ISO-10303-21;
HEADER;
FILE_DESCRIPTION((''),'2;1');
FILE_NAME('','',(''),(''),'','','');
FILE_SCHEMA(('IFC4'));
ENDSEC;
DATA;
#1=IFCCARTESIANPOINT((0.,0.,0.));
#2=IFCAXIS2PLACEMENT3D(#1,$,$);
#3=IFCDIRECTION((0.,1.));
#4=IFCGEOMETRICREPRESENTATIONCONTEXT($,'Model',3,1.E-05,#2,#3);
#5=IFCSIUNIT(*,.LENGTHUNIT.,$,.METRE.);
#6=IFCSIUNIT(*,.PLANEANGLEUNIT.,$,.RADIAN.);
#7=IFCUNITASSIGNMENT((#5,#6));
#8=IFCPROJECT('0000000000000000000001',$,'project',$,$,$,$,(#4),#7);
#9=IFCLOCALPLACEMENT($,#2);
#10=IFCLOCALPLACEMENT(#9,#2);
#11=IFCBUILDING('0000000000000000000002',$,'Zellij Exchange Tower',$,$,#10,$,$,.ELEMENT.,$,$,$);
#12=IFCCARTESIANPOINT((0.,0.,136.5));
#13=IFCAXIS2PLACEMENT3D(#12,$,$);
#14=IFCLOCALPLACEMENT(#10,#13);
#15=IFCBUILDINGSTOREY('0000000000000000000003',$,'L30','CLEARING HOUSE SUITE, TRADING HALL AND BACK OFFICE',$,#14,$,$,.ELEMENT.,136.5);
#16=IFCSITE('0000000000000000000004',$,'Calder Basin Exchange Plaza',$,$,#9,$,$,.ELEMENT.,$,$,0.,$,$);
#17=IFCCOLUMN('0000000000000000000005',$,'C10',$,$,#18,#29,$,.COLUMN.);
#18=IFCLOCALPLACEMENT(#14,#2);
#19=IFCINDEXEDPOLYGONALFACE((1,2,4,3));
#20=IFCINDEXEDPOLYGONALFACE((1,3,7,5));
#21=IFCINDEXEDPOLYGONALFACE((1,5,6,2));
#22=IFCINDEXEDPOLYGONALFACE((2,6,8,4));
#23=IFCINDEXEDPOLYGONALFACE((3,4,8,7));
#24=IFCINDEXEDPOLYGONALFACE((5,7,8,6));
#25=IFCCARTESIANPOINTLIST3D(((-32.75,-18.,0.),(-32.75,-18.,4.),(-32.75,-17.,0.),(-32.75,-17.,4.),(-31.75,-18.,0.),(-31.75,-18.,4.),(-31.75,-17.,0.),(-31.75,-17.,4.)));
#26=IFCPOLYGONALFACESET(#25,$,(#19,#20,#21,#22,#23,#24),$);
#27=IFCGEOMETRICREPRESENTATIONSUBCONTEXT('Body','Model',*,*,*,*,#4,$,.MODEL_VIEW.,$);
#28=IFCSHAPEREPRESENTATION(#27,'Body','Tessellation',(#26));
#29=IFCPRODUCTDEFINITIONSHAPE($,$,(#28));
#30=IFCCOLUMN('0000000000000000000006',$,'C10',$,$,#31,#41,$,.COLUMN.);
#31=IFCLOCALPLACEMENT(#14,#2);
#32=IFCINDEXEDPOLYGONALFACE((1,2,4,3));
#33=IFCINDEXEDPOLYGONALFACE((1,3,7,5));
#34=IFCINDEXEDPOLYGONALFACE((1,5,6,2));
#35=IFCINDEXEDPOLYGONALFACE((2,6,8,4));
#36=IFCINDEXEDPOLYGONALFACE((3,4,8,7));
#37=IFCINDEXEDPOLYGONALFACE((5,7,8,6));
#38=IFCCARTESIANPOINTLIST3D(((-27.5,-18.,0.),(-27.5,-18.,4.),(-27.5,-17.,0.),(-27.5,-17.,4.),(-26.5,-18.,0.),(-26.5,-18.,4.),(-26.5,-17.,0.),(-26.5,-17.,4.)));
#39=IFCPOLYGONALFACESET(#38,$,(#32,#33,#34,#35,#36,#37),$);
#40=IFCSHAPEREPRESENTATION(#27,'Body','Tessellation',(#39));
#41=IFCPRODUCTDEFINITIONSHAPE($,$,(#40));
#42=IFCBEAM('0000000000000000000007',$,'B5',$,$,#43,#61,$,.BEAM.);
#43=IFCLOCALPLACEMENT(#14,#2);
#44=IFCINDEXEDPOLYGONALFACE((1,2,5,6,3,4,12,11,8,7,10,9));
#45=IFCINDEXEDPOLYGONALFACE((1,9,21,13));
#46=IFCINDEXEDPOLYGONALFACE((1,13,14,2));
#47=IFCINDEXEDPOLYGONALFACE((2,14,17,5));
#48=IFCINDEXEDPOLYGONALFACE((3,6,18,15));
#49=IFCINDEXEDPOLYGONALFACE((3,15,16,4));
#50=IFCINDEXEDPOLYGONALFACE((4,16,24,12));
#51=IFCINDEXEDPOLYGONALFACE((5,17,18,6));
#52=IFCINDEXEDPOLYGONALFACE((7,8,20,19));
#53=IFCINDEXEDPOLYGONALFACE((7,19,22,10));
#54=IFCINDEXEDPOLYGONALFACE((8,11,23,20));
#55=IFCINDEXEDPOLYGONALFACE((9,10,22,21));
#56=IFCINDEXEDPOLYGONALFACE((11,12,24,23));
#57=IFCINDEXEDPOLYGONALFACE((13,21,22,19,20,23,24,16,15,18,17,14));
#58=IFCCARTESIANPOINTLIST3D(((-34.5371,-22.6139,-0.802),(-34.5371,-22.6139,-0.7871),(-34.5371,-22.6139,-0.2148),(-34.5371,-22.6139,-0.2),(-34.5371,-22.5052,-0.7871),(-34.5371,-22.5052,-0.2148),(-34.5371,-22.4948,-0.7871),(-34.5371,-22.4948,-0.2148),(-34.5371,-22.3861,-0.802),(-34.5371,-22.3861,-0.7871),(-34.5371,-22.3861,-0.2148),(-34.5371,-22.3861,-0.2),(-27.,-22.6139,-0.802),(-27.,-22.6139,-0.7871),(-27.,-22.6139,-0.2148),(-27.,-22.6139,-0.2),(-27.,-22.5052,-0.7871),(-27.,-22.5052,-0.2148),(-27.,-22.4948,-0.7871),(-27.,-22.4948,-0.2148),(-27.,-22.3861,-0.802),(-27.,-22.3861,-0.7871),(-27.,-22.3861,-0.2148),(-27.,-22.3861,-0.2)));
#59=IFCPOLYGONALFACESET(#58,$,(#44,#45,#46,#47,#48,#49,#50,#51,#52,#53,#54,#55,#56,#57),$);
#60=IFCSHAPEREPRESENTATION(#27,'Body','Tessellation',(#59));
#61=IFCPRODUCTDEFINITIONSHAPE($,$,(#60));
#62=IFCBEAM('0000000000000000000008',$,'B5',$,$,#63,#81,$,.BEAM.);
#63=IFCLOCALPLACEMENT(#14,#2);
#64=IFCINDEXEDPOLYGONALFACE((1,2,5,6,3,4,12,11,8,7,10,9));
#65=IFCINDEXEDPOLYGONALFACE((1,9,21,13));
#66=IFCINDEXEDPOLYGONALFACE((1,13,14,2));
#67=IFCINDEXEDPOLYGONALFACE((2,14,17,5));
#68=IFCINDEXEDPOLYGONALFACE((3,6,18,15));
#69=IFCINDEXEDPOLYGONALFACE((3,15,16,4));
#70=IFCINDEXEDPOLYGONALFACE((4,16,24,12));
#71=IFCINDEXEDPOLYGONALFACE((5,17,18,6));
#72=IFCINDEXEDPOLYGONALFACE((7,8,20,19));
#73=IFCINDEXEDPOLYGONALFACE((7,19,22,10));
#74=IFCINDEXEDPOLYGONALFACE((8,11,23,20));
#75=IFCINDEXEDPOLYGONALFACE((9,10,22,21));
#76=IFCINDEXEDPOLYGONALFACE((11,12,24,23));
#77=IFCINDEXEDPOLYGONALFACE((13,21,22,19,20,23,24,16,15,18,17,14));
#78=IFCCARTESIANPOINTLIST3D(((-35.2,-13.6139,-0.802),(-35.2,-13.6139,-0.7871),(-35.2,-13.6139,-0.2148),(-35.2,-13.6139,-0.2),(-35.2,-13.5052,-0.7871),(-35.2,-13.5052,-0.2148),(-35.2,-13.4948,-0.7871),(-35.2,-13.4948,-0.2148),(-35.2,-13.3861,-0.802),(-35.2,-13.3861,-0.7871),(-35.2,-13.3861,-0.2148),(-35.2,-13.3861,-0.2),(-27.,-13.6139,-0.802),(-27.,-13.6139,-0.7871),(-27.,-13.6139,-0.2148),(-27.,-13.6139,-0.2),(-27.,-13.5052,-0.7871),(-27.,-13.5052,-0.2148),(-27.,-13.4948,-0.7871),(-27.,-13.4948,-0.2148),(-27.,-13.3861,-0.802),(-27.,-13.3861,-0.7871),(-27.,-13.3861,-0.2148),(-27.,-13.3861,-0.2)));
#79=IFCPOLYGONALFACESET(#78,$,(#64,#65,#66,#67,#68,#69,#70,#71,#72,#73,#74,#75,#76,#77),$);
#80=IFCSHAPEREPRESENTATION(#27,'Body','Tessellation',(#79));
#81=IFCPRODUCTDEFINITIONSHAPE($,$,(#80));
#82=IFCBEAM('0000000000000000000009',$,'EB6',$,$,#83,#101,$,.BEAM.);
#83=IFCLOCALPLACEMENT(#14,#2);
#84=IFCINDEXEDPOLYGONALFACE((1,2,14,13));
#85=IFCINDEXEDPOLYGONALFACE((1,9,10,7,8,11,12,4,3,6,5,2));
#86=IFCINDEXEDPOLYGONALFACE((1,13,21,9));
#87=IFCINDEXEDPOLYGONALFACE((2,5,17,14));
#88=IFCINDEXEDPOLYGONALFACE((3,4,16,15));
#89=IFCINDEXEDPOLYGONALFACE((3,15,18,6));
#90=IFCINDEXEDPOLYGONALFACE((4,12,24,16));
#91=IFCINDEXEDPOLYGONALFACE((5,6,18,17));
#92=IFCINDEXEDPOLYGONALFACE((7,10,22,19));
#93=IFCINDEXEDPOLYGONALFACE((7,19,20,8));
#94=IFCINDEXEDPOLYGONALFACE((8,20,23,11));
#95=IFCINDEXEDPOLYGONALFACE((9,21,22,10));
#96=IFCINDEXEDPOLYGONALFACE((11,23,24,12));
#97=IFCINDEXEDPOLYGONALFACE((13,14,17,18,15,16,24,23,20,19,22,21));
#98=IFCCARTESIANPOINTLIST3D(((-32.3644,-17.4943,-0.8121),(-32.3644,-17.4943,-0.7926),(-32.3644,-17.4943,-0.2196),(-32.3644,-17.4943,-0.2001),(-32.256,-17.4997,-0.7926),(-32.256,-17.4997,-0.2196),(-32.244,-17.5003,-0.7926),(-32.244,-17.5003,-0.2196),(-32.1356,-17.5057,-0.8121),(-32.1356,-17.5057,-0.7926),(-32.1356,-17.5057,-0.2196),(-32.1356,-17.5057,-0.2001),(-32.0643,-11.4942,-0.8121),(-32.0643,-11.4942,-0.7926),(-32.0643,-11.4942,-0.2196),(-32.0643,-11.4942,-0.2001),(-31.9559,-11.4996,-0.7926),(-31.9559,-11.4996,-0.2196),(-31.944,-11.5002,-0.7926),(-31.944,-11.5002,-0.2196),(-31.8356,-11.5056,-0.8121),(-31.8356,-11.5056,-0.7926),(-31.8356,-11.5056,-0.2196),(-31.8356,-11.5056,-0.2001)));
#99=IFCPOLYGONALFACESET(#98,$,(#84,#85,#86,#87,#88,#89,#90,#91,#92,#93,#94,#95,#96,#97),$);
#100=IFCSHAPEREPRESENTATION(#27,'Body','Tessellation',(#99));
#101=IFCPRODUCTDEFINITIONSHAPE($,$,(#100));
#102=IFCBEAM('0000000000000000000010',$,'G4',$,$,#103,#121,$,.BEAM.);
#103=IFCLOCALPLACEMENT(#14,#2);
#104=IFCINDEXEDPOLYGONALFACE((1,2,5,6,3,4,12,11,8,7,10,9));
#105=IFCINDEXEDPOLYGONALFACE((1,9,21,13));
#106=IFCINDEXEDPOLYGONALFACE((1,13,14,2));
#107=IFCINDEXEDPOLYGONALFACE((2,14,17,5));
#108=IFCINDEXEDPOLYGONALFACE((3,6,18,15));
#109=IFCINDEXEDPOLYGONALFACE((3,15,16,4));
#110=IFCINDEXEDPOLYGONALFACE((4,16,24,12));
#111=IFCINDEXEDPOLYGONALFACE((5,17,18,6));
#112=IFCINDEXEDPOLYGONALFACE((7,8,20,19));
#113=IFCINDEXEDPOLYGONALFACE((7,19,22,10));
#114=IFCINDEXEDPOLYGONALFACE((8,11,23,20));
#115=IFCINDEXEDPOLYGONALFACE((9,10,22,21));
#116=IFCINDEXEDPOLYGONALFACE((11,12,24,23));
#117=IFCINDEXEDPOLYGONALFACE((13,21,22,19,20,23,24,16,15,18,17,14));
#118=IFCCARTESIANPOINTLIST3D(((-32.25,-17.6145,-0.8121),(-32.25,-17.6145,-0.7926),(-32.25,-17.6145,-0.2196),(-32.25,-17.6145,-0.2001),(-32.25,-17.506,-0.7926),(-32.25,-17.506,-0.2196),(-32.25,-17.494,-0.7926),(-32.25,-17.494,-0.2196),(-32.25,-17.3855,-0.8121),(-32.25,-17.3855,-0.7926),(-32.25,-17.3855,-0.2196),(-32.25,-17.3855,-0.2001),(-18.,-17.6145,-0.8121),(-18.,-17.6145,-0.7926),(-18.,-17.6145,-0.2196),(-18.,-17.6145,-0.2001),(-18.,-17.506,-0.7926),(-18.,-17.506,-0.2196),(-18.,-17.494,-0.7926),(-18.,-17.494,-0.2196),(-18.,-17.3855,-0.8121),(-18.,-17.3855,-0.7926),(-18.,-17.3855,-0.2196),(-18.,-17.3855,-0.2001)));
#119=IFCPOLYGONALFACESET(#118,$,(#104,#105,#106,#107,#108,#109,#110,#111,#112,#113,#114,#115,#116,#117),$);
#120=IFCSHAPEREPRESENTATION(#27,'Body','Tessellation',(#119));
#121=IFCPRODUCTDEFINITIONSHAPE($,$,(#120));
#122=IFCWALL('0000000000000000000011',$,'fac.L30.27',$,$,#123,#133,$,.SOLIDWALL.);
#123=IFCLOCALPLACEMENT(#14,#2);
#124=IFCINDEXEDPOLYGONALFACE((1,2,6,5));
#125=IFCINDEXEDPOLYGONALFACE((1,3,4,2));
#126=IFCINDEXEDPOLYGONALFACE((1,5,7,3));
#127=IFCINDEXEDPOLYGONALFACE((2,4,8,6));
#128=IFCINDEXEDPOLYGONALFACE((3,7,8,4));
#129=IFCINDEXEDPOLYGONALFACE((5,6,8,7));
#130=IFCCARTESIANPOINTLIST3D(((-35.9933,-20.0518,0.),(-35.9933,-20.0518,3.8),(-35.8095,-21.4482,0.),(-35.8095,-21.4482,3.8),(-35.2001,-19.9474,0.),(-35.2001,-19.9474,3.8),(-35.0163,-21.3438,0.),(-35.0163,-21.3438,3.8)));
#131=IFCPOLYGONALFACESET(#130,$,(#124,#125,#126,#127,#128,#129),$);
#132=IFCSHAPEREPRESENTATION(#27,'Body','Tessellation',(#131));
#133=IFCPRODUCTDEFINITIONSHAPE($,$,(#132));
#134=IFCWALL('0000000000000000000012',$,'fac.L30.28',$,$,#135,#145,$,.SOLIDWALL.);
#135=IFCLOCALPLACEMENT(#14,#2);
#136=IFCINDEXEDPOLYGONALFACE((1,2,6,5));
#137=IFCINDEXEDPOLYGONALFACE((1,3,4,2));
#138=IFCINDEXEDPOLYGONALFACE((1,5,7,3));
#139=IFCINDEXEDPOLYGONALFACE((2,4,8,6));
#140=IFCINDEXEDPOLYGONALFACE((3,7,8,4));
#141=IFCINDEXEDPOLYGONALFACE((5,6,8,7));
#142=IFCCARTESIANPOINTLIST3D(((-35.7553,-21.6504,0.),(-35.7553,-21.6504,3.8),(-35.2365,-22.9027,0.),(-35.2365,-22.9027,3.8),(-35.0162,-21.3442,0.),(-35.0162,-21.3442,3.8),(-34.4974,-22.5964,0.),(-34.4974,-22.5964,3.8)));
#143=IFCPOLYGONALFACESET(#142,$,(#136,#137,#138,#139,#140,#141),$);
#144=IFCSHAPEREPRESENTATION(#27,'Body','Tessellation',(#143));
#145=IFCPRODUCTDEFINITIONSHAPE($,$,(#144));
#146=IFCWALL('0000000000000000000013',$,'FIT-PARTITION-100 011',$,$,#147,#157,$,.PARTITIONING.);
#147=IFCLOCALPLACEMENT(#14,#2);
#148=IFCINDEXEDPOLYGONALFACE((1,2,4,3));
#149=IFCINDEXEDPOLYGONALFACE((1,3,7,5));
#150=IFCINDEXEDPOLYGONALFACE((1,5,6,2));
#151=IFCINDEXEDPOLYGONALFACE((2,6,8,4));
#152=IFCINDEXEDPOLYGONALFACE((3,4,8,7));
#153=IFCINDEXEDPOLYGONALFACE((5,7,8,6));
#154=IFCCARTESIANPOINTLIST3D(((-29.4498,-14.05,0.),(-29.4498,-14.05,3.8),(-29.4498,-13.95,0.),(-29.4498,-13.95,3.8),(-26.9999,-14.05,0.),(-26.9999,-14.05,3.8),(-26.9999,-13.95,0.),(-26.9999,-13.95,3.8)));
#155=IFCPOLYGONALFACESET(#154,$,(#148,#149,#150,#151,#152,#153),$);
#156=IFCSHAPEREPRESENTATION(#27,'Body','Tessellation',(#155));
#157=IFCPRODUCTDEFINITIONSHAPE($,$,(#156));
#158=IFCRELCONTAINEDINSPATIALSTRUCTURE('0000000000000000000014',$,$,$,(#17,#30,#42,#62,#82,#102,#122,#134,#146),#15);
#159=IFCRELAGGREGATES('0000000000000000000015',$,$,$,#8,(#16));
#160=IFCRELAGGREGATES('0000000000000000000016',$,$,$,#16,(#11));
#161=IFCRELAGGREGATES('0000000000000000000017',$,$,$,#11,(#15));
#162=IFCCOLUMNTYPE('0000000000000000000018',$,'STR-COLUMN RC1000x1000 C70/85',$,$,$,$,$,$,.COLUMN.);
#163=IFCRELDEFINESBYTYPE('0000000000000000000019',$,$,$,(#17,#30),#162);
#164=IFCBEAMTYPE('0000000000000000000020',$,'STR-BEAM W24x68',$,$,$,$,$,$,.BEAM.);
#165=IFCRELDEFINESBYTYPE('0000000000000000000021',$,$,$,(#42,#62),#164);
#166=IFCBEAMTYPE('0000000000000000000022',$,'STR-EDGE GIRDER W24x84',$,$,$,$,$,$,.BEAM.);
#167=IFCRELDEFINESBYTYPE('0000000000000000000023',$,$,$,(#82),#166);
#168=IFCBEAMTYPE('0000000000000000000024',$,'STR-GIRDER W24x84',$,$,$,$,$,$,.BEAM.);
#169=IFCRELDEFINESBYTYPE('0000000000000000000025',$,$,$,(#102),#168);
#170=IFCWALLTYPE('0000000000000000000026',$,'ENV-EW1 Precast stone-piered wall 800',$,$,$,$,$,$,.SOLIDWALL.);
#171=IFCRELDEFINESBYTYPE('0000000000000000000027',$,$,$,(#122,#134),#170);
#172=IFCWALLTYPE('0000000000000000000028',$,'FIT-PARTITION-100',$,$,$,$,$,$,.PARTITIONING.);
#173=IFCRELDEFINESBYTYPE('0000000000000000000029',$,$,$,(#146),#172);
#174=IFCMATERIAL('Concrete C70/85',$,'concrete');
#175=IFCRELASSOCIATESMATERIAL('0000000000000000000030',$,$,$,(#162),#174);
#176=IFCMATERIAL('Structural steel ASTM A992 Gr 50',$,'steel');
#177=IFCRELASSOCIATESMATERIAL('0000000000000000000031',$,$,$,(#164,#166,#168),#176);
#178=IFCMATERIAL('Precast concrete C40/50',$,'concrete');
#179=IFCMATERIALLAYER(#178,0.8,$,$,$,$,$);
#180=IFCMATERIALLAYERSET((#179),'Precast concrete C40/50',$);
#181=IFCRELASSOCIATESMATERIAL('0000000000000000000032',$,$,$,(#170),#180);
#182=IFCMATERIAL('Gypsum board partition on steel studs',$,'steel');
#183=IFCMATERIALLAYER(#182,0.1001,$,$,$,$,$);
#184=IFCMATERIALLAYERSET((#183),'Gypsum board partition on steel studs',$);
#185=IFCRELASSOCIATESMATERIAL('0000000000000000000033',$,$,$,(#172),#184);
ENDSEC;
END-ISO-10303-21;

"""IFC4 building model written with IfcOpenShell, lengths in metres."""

from ifc_helpers import new_model, si_unit, direction, frame, frame_2d, origin, origin_2d, place, context, subcontext, project, spatial, rectangle, i_section, extrude, material, layer, layer_set, material_profile, profile_set, type_object, element, save


model = new_model("IFC4")

# Units and contexts
model_context = context("Model", 3, precision=1e-05, world=origin(), true_north=direction((0.0, 1.0)))
body_context = subcontext(model_context, "Body", "Model", "MODEL_VIEW")
ifc_project = project(units=[si_unit("LENGTHUNIT", "METRE"), si_unit("PLANEANGLEUNIT", "RADIAN")], contexts=[model_context])

# Site, building, storey
site_placement = place(None, origin())
site = spatial("IfcSite", under=ifc_project, at=site_placement, Name="Calder Basin Exchange Plaza", CompositionType="ELEMENT", RefElevation=0.0)
building_placement = place(site_placement, origin())
building = spatial("IfcBuilding", under=site, at=building_placement, Name="Zellij Exchange Tower", CompositionType="ELEMENT")
storey_placement = place(building_placement, frame((0.0, 0.0, 136.5)))
storey = spatial("IfcBuildingStorey", under=building, at=storey_placement, Name="L30", Description="CLEARING HOUSE SUITE, TRADING HALL AND BACK OFFICE", CompositionType="ELEMENT", Elevation=136.5)

# Columns
ifc_material_1 = material(Name="Concrete C70/85", Category="concrete")
ifc_material_profile_1 = material_profile(ifc_material_1, rectangle(XDim=1.0, YDim=1.0, at=origin_2d()), Name="STR-COLUMN RC1000x1000 C70/85")
ifc_profile_set_1 = profile_set([ifc_material_profile_1], Name="Concrete C70/85")
column_type = type_object("IfcColumnType", Name="STR-COLUMN RC1000x1000 C70/85", PredefinedType="COLUMN", material=ifc_profile_set_1)
for number, where, z_axis, x_axis, name in (
    (1, (-32.25, -17.5, 0.0), (0.0, 0.0, 1.0), (1.0, 0.0, 0.0), "C10"),
    (2, (-27.0, -17.5, 0.0), (0.0, 0.0, 1.0), (1.0, 0.0, 0.0), "C10"),
):
    element("IfcColumn", number, at=place(storey_placement, frame(where, z_axis=z_axis, x_axis=x_axis)), inside=storey, type_object=column_type, Name=name, PredefinedType="COLUMN", context=body_context, shape_type="SweptSolid", body=[
        extrude(rectangle(XDim=1.0, YDim=1.0, at=origin_2d()), origin(), (0.0, 0.0, 1.0), 4.0),
    ])

# Beams
ifc_material_2 = material(Name="Structural steel ASTM A992 Gr 50", Category="steel")
ifc_material_profile_2 = material_profile(ifc_material_2, i_section(OverallWidth=0.2278, OverallDepth=0.6021, WebThickness=0.0105, FlangeThickness=0.0149, at=origin_2d()), Name="W24x68")
ifc_profile_set_2 = profile_set([ifc_material_profile_2], Name="Structural steel ASTM A992 Gr 50")
beam_type_1 = type_object("IfcBeamType", Name="STR-BEAM W24x68", PredefinedType="BEAM", material=ifc_profile_set_2)
beam_1_placement = place(storey_placement, frame((-34.5371, -22.5, -0.501), z_axis=(1.0, 0.0, 0.0), x_axis=(0.0, 1.0, 0.0)))
element("IfcBeam", 3, at=beam_1_placement, inside=storey, type_object=beam_type_1, Name="B5", PredefinedType="BEAM", context=body_context, shape_type="SweptSolid", body=[
    extrude(i_section(OverallWidth=0.2278, OverallDepth=0.6021, WebThickness=0.0105, FlangeThickness=0.0149, at=origin_2d()), origin(), (0.0, 0.0, 1.0), 7.5371),
])
beam_2_placement = place(storey_placement, frame((-35.2, -13.5, -0.501), z_axis=(1.0, 0.0, 0.0), x_axis=(0.0, 1.0, 0.0)))
element("IfcBeam", 4, at=beam_2_placement, inside=storey, type_object=beam_type_1, Name="B5", PredefinedType="BEAM", context=body_context, shape_type="SweptSolid", body=[
    extrude(i_section(OverallWidth=0.2278, OverallDepth=0.6021, WebThickness=0.0105, FlangeThickness=0.0149, at=origin_2d()), origin(), (0.0, 0.0, 1.0), 8.2),
])
ifc_material_profile_3 = material_profile(ifc_material_2, i_section(OverallWidth=0.229, OverallDepth=0.6121, WebThickness=0.012, FlangeThickness=0.0195, at=origin_2d()), Name="W24x84")
ifc_profile_set_3 = profile_set([ifc_material_profile_3], Name="Structural steel ASTM A992 Gr 50")
beam_type_2 = type_object("IfcBeamType", Name="STR-EDGE GIRDER W24x84", PredefinedType="BEAM", material=ifc_profile_set_3)
beam_3_placement = place(storey_placement, frame((-32.25, -17.5, -0.5061), z_axis=(0.049946, 0.998752, 0.0), x_axis=(-0.998752, 0.049946, 0.0)))
element("IfcBeam", 5, at=beam_3_placement, inside=storey, type_object=beam_type_2, Name="EB6", PredefinedType="BEAM", context=body_context, shape_type="SweptSolid", body=[
    extrude(i_section(OverallWidth=0.229, OverallDepth=0.6121, WebThickness=0.012, FlangeThickness=0.0195, at=origin_2d()), origin(), (0.0, 0.0, 1.0), 6.0076),
])
ifc_material_profile_4 = material_profile(ifc_material_2, i_section(OverallWidth=0.229, OverallDepth=0.6121, WebThickness=0.012, FlangeThickness=0.0195, at=origin_2d()), Name="W24x84")
ifc_profile_set_4 = profile_set([ifc_material_profile_4], Name="Structural steel ASTM A992 Gr 50")
beam_type_3 = type_object("IfcBeamType", Name="STR-GIRDER W24x84", PredefinedType="BEAM", material=ifc_profile_set_4)
beam_4_placement = place(storey_placement, frame((-32.25, -17.5, -0.5061), z_axis=(1.0, 0.0, 0.0), x_axis=(0.0, 1.0, 0.0)))
element("IfcBeam", 6, at=beam_4_placement, inside=storey, type_object=beam_type_3, Name="G4", PredefinedType="BEAM", context=body_context, shape_type="SweptSolid", body=[
    extrude(i_section(OverallWidth=0.229, OverallDepth=0.6121, WebThickness=0.012, FlangeThickness=0.0195, at=origin_2d()), origin(), (0.0, 0.0, 1.0), 14.25),
])

# Walls
ifc_material_3 = material(Name="Precast concrete C40/50", Category="concrete")
ifc_layer_1 = layer(ifc_material_3, 0.8)
ifc_layer_set_1 = layer_set([ifc_layer_1], Name="Precast concrete C40/50")
wall_type_1 = type_object("IfcWallType", Name="ENV-EW1 Precast stone-piered wall 800", PredefinedType="SOLIDWALL", material=ifc_layer_set_1)
wall_1_placement = place(storey_placement, frame((-35.5967, -19.9998, 0.0), z_axis=(0.0, 0.0, 1.0), x_axis=(0.130517, -0.991446, 0.0)))
element("IfcWall", 7, at=wall_1_placement, inside=storey, type_object=wall_type_1, Name="fac.L30.27", PredefinedType="SOLIDWALL", context=body_context, shape_type="SweptSolid", body=[
    extrude(rectangle(XDim=1.4084, YDim=0.8, at=frame_2d((0.7041, 0.0))), origin(), (0.0, 0.0, 1.0), 3.8),
])
wall_2_placement = place(storey_placement, frame((-35.3857, -21.4973, 0.0), z_axis=(0.0, 0.0, 1.0), x_axis=(0.38276, -0.923848, 0.0)))
element("IfcWall", 8, at=wall_2_placement, inside=storey, type_object=wall_type_1, Name="fac.L30.28", PredefinedType="SOLIDWALL", context=body_context, shape_type="SweptSolid", body=[
    extrude(rectangle(XDim=1.3555, YDim=0.8, at=frame_2d((0.6777, 0.0))), origin(), (0.0, 0.0, 1.0), 3.8),
])
ifc_material_4 = material(Name="Gypsum board partition on steel studs", Category="steel")
ifc_layer_2 = layer(ifc_material_4, 0.1001)
ifc_layer_set_2 = layer_set([ifc_layer_2], Name="Gypsum board partition on steel studs")
wall_type_2 = type_object("IfcWallType", Name="FIT-PARTITION-100", PredefinedType="PARTITIONING", material=ifc_layer_set_2)
wall_3_placement = place(storey_placement, frame((-29.45, -14.0, 0.0), z_axis=(0.0, 0.0, 1.0), x_axis=(1.0, 0.0, 0.0)))
element("IfcWall", 9, at=wall_3_placement, inside=storey, type_object=wall_type_2, Name="FIT-PARTITION-100 011", PredefinedType="PARTITIONING", context=body_context, shape_type="SweptSolid", body=[
    extrude(rectangle(XDim=2.45, YDim=0.1001, at=frame_2d((1.2251, 0.0))), origin(), (0.0, 0.0, 1.0), 3.8),
])

save(model, "model.ifc")
